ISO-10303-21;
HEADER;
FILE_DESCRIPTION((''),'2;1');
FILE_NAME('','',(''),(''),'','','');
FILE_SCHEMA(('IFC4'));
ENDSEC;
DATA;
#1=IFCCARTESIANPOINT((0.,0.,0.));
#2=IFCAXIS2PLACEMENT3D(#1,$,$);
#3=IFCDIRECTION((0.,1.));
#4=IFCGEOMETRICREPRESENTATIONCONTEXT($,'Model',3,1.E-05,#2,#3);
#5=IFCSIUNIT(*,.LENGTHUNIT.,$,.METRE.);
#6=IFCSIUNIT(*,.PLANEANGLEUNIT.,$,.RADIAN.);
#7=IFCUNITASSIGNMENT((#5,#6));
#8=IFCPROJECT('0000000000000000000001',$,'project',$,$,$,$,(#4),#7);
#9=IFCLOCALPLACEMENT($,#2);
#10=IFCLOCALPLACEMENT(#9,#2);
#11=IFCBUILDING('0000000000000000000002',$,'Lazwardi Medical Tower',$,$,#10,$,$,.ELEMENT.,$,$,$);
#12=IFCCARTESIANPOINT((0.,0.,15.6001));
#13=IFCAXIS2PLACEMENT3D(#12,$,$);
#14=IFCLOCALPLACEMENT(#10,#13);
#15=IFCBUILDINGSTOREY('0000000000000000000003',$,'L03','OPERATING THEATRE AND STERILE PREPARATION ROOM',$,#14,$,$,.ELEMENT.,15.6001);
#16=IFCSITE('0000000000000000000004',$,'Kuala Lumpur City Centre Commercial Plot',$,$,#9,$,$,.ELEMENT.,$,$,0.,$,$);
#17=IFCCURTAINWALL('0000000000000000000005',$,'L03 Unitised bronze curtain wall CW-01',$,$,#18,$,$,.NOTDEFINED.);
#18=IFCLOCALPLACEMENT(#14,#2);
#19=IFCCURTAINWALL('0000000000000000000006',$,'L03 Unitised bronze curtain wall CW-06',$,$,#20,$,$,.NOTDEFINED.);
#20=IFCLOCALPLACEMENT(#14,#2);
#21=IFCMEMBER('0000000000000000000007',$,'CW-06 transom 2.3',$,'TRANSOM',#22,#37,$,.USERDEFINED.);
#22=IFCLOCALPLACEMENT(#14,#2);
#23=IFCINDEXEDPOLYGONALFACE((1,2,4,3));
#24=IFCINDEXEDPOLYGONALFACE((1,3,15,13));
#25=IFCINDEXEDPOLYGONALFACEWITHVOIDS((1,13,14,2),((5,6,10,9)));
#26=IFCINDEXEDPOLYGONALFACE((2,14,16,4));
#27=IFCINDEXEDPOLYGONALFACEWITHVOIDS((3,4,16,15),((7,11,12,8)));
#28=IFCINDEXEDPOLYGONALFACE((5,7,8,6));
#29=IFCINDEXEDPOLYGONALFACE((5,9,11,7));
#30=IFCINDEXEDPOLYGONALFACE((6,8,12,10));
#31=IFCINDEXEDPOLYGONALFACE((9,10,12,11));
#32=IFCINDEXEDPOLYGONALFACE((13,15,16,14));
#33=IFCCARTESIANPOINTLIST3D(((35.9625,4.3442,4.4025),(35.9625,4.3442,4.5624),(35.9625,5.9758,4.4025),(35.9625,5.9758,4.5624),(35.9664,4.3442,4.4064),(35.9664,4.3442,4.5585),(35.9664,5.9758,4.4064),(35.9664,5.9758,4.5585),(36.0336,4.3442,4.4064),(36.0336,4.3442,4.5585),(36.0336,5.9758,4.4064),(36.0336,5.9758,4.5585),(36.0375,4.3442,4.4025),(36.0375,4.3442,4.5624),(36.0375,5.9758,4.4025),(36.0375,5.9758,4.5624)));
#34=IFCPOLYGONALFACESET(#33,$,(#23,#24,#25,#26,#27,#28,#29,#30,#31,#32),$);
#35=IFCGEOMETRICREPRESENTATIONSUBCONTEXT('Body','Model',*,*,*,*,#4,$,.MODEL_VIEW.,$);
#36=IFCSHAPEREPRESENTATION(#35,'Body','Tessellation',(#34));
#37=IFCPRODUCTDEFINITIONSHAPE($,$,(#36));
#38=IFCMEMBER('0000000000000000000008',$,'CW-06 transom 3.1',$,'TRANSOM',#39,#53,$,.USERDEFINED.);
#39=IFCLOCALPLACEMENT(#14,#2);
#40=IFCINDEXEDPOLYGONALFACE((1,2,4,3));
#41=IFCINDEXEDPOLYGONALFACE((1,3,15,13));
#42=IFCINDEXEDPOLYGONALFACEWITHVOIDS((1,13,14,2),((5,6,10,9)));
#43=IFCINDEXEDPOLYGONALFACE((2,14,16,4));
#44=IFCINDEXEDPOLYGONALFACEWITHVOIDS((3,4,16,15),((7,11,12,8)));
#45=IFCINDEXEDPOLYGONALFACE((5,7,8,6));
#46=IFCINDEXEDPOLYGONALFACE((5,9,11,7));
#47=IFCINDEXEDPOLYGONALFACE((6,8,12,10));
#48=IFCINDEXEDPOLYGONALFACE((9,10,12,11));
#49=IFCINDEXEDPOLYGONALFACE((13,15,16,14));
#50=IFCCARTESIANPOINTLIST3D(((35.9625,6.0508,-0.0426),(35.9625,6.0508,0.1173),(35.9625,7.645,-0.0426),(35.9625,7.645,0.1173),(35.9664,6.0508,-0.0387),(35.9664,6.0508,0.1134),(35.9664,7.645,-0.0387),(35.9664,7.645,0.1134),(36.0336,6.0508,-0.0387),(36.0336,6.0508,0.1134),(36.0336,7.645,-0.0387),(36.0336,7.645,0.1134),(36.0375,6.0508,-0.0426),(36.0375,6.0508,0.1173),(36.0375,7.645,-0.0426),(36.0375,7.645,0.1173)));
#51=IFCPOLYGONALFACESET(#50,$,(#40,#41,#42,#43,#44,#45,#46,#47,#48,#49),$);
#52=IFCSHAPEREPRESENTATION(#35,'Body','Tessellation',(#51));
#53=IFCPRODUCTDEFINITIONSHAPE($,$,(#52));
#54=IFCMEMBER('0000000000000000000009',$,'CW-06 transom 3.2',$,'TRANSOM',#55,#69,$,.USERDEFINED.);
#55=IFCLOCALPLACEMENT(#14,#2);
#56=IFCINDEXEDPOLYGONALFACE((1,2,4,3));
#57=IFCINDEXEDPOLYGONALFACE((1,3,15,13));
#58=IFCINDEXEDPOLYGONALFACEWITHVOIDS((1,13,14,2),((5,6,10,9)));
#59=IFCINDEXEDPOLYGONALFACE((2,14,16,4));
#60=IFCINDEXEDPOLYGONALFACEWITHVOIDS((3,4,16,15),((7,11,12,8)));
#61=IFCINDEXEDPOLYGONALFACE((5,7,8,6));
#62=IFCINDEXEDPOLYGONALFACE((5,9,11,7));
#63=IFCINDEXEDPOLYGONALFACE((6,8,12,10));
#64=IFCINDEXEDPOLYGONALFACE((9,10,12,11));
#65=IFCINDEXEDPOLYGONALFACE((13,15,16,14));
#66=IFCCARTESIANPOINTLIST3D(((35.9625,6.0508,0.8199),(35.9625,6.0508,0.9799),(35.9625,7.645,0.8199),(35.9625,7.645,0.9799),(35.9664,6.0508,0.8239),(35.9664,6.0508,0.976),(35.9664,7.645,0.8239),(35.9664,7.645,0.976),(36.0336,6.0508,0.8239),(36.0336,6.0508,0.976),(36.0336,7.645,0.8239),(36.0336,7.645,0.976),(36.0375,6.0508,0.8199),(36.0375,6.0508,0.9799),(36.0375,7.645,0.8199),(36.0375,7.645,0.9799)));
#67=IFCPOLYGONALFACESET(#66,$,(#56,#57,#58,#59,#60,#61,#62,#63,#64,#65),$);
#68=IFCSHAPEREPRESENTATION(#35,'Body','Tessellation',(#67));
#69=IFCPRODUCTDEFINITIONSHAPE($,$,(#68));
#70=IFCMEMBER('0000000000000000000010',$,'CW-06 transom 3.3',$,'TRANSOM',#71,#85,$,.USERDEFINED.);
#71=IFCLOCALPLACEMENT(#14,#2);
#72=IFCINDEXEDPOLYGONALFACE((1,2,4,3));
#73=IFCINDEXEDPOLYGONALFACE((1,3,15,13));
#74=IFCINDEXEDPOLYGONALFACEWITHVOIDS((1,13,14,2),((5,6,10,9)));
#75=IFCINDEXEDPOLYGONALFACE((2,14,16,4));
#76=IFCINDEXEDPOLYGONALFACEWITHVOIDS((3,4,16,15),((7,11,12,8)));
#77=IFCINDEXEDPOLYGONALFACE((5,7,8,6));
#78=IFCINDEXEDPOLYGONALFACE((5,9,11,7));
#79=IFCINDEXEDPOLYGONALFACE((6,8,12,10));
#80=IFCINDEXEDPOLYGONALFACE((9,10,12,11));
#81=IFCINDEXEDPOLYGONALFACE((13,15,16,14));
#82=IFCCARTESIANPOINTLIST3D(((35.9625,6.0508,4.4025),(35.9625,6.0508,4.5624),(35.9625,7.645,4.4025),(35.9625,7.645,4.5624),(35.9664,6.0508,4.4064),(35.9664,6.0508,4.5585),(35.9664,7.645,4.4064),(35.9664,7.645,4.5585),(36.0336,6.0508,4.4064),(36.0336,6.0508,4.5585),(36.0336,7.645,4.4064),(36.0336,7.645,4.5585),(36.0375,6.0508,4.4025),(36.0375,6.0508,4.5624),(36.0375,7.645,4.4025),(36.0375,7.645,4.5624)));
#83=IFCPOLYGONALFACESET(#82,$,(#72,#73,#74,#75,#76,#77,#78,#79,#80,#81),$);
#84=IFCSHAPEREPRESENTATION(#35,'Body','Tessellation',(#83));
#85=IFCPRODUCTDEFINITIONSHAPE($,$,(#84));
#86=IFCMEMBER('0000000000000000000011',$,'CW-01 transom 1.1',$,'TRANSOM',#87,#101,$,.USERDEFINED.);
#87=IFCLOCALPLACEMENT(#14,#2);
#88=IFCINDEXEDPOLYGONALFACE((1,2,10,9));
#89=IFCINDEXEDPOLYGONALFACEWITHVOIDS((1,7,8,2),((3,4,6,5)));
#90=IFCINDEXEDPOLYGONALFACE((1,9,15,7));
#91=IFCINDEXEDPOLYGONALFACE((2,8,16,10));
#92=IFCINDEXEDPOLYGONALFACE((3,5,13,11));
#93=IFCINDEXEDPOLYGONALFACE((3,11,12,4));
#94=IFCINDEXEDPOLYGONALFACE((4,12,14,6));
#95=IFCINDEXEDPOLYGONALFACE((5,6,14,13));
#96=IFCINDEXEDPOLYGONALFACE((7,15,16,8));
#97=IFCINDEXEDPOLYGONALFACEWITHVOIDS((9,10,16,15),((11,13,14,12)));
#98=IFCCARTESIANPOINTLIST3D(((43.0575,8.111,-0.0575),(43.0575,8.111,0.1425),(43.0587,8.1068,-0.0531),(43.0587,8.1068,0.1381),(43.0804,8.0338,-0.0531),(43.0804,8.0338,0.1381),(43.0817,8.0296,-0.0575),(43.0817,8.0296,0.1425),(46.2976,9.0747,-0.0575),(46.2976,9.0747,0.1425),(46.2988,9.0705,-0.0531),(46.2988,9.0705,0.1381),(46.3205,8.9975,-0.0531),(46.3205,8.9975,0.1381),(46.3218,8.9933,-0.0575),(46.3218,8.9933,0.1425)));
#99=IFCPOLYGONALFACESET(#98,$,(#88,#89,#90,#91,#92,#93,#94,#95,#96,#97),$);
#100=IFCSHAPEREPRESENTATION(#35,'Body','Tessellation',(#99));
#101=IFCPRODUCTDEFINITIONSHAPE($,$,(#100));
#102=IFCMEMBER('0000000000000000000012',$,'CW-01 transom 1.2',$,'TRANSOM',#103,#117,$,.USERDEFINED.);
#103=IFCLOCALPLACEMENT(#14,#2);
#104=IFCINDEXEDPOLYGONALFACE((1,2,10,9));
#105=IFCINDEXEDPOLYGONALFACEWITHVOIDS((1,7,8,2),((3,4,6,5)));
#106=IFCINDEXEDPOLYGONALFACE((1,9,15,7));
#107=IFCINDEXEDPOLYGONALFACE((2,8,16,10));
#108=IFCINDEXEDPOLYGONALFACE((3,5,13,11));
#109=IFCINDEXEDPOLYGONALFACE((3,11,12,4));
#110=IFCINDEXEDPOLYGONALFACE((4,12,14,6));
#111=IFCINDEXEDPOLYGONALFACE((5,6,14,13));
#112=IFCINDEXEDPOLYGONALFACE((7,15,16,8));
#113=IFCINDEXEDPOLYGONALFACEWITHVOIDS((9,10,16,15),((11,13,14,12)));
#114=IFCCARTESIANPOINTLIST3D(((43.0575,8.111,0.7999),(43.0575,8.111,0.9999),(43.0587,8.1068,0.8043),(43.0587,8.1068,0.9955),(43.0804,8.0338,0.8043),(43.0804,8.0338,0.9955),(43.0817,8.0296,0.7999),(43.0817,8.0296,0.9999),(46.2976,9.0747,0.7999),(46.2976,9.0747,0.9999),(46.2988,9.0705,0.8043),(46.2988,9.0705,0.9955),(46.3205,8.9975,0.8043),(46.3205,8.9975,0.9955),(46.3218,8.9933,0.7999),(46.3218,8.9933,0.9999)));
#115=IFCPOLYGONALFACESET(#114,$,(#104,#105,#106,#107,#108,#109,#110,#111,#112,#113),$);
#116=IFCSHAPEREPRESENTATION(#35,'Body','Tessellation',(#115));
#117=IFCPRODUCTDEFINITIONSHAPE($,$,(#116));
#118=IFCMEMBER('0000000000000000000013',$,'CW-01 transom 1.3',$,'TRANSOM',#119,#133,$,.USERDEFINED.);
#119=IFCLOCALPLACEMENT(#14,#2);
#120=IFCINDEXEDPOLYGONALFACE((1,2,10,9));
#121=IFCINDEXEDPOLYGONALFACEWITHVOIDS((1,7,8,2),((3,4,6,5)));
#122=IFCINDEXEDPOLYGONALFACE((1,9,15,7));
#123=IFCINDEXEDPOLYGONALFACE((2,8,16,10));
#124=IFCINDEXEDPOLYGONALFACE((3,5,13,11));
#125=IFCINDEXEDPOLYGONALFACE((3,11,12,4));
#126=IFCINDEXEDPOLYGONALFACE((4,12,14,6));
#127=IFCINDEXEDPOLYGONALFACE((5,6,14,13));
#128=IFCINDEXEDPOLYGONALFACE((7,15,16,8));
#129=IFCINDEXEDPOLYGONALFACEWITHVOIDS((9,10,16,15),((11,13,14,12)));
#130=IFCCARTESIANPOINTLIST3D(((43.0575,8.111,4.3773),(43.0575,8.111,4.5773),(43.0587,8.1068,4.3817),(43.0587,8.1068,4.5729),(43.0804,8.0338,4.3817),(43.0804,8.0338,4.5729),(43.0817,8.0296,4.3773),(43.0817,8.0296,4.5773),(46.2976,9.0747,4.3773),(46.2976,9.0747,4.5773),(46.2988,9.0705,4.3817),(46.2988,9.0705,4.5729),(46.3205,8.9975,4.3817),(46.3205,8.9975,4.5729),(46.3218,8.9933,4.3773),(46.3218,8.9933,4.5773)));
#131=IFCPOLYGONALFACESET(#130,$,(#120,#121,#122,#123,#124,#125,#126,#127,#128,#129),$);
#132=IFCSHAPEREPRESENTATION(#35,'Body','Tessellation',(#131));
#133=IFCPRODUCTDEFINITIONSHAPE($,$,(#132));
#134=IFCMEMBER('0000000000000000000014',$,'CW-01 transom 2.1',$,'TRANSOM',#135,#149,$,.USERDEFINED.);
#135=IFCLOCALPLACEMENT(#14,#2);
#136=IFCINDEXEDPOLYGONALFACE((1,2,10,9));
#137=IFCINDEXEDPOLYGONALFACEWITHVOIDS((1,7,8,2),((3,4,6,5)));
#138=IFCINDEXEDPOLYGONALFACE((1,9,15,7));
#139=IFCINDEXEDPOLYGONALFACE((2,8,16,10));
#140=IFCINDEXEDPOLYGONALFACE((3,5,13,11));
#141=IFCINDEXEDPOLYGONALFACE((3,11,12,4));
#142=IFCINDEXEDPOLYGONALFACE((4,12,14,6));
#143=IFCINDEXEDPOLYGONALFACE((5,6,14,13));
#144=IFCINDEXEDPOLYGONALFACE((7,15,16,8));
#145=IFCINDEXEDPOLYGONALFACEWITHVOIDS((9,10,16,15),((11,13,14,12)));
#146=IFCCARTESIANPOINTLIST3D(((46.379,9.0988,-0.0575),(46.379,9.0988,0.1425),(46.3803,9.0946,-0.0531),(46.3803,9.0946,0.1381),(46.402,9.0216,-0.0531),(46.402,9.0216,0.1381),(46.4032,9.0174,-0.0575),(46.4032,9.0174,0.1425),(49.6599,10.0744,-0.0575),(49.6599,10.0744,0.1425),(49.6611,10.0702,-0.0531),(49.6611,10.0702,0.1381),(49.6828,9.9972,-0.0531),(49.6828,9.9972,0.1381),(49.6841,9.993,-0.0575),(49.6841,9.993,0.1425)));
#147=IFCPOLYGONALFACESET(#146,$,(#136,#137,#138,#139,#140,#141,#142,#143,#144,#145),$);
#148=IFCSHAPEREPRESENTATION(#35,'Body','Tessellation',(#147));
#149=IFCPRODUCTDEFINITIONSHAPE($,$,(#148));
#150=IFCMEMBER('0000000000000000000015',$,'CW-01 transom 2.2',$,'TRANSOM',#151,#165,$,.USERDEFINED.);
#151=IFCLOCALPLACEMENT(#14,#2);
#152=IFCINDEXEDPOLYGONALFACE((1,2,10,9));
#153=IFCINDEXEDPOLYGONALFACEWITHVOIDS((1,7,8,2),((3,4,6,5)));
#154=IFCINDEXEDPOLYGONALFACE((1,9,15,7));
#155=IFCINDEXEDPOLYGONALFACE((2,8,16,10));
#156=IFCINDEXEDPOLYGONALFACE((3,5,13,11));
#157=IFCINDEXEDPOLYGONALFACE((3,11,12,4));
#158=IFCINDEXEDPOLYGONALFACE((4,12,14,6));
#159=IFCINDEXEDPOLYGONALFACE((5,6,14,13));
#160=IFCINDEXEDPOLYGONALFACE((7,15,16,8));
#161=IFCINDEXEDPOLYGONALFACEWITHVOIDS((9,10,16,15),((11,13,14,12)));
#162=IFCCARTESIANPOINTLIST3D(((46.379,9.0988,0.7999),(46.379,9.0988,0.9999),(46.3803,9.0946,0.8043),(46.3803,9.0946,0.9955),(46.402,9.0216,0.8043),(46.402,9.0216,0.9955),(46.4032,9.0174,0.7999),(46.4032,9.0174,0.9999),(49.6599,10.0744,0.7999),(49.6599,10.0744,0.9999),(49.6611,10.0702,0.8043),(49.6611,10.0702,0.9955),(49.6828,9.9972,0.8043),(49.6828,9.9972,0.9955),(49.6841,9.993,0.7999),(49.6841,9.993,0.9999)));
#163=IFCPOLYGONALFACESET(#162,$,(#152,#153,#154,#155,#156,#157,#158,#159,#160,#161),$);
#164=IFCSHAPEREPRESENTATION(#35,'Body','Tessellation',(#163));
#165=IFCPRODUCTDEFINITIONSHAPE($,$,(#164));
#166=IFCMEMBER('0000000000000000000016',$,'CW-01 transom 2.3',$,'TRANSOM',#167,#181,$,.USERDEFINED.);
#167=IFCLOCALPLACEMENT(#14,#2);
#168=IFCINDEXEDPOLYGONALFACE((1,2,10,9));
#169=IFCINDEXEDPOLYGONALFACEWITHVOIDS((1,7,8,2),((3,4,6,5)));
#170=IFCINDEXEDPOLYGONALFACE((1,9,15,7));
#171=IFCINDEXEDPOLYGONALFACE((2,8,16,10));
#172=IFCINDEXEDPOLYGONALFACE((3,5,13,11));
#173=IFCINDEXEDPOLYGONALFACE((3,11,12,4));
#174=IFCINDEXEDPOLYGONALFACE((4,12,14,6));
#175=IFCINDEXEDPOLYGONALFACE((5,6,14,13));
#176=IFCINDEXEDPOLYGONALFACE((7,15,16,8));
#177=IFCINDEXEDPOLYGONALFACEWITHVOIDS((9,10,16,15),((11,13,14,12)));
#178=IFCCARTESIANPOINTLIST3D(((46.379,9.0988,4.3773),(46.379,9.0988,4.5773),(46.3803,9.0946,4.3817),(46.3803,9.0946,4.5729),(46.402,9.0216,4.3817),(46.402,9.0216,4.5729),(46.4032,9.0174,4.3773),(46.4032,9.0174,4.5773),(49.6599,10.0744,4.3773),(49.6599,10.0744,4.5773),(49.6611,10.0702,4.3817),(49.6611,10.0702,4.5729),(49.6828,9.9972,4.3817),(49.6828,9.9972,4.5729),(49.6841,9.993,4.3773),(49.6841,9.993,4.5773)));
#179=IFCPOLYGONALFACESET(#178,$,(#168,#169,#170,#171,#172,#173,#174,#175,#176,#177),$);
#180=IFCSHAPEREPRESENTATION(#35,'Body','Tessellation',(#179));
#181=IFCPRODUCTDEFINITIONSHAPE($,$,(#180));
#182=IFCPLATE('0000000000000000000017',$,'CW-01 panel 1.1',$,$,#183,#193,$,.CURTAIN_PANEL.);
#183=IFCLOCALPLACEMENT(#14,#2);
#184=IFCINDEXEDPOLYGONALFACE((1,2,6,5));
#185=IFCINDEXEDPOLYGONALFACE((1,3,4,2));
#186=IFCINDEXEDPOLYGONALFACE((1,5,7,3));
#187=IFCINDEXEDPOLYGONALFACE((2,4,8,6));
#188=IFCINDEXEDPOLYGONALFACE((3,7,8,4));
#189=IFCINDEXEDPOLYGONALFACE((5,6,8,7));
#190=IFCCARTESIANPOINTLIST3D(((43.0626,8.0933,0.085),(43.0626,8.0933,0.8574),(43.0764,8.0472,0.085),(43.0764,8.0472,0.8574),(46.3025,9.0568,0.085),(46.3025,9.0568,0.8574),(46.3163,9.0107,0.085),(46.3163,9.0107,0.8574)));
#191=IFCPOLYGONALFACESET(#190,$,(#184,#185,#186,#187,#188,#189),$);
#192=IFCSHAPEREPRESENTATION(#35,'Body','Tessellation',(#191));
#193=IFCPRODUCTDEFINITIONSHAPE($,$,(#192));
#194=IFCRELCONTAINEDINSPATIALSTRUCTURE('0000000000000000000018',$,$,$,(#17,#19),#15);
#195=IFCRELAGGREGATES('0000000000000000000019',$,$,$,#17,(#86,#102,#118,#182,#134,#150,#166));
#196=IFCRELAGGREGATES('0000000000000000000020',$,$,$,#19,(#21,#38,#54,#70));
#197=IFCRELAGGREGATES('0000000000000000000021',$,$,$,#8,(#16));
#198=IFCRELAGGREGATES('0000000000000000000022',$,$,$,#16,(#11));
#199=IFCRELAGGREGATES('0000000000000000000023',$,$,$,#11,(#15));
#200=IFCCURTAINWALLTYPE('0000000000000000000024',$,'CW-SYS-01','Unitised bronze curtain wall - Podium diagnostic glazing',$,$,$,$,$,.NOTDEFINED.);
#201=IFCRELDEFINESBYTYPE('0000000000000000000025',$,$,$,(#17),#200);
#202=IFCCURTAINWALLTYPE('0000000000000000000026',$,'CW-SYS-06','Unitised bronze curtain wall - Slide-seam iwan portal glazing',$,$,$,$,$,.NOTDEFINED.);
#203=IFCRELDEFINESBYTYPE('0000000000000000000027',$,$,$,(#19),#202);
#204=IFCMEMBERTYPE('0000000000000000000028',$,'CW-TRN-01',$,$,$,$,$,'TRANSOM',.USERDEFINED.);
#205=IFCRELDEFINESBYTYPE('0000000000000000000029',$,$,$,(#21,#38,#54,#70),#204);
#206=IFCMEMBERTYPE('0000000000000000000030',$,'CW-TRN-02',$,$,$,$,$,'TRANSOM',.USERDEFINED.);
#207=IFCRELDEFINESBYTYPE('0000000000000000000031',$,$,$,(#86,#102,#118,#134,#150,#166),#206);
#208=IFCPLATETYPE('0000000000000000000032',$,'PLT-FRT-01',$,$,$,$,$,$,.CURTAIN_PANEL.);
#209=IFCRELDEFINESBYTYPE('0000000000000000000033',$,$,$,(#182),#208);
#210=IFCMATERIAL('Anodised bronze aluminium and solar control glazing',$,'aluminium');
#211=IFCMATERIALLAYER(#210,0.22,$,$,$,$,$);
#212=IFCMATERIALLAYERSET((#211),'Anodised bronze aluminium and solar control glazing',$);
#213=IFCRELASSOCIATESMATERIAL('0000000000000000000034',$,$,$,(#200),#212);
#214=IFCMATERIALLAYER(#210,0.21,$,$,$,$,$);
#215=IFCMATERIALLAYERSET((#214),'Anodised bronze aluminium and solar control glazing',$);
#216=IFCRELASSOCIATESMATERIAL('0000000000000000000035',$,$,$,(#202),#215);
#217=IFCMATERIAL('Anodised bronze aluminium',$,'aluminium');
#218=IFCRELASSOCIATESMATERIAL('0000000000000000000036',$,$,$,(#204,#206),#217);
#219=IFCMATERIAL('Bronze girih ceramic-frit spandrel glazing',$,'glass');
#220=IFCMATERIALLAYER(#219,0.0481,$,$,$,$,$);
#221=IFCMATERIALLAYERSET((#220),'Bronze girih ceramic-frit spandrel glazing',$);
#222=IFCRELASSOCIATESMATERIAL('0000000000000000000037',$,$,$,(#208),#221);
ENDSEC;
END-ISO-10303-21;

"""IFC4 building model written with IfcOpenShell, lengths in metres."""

from ifc_helpers import new_model, si_unit, direction, frame, origin, origin_2d, place, context, subcontext, project, spatial, rectangle, hollow_rectangle, extrude, material, layer, layer_set, material_profile, profile_set, type_object, element, aggregate, save


model = new_model("IFC4")

# Units and contexts
model_context = context("Model", 3, precision=1e-05, world=origin(), true_north=direction((0.0, 1.0)))
body_context = subcontext(model_context, "Body", "Model", "MODEL_VIEW")
ifc_project = project(units=[si_unit("LENGTHUNIT", "METRE"), si_unit("PLANEANGLEUNIT", "RADIAN")], contexts=[model_context])

# Site, building, storey
site_placement = place(None, origin())
site = spatial("IfcSite", under=ifc_project, at=site_placement, Name="Kuala Lumpur City Centre Commercial Plot", CompositionType="ELEMENT", RefElevation=0.0)
building_placement = place(site_placement, origin())
building = spatial("IfcBuilding", under=site, at=building_placement, Name="Lazwardi Medical Tower", CompositionType="ELEMENT")
storey_placement = place(building_placement, frame((0.0, 0.0, 15.6001)))
storey = spatial("IfcBuildingStorey", under=building, at=storey_placement, Name="L03", Description="OPERATING THEATRE AND STERILE PREPARATION ROOM", CompositionType="ELEMENT", Elevation=15.6001)

# Curtain walls, members
ifc_material_1 = material(Name="Anodised bronze aluminium and solar control glazing", Category="aluminium")
ifc_layer_1 = layer(ifc_material_1, 0.22)
ifc_layer_set_1 = layer_set([ifc_layer_1], Name="Anodised bronze aluminium and solar control glazing")
curtain_wall_type_1 = type_object("IfcCurtainWallType", Name="CW-SYS-01", Description="Unitised bronze curtain wall - Podium diagnostic glazing", PredefinedType="NOTDEFINED", material=ifc_layer_set_1)
curtain_wall_1_placement = place(storey_placement, origin())
curtain_wall_1 = element("IfcCurtainWall", 1, at=curtain_wall_1_placement, inside=storey, type_object=curtain_wall_type_1, Name="L03 Unitised bronze curtain wall CW-01", PredefinedType="NOTDEFINED")
ifc_material_2 = material(Name="Anodised bronze aluminium", Category="aluminium")
ifc_layer_2 = layer(ifc_material_1, 0.21)
ifc_layer_set_2 = layer_set([ifc_layer_2], Name="Anodised bronze aluminium and solar control glazing")
curtain_wall_type_2 = type_object("IfcCurtainWallType", Name="CW-SYS-06", Description="Unitised bronze curtain wall - Slide-seam iwan portal glazing", PredefinedType="NOTDEFINED", material=ifc_layer_set_2)
curtain_wall_2_placement = place(storey_placement, origin())
curtain_wall_2 = element("IfcCurtainWall", 2, at=curtain_wall_2_placement, inside=storey, type_object=curtain_wall_type_2, Name="L03 Unitised bronze curtain wall CW-06", PredefinedType="NOTDEFINED")
ifc_material_profile_1 = material_profile(ifc_material_2, hollow_rectangle(XDim=0.075, YDim=0.1599, WallThickness=0.0039, at=origin_2d()), Name="ALU-TRANSOM 160x75x4")
ifc_profile_set_1 = profile_set([ifc_material_profile_1], Name="Anodised bronze aluminium")
member_type_1 = type_object("IfcMemberType", Name="CW-TRN-01", ElementType="TRANSOM", PredefinedType="USERDEFINED", material=ifc_profile_set_1)
member_1_placement = place(storey_placement, frame((36.0, 4.3442, 4.4824), z_axis=(0.0, 1.0, 0.0), x_axis=(-1.0, 0.0, 0.0)))
member_1 = element("IfcMember", 3, at=member_1_placement, type_object=member_type_1, Name="CW-06 transom 2.3", ObjectType="TRANSOM", PredefinedType="USERDEFINED", context=body_context, shape_type="SweptSolid", body=[
    extrude(hollow_rectangle(XDim=0.075, YDim=0.1599, WallThickness=0.0039, at=origin_2d()), origin(), (0.0, 0.0, 1.0), 1.6316),
])
member_2_placement = place(storey_placement, frame((36.0, 6.0508, 0.0374), z_axis=(0.0, 1.0, 0.0), x_axis=(-1.0, 0.0, 0.0)))
member_2 = element("IfcMember", 4, at=member_2_placement, type_object=member_type_1, Name="CW-06 transom 3.1", ObjectType="TRANSOM", PredefinedType="USERDEFINED", context=body_context, shape_type="SweptSolid", body=[
    extrude(hollow_rectangle(XDim=0.075, YDim=0.1599, WallThickness=0.0039, at=origin_2d()), origin(), (0.0, 0.0, 1.0), 1.5942),
])
member_3_placement = place(storey_placement, frame((36.0, 6.0508, 0.8999), z_axis=(0.0, 1.0, 0.0), x_axis=(-1.0, 0.0, 0.0)))
member_3 = element("IfcMember", 5, at=member_3_placement, type_object=member_type_1, Name="CW-06 transom 3.2", ObjectType="TRANSOM", PredefinedType="USERDEFINED", context=body_context, shape_type="SweptSolid", body=[
    extrude(hollow_rectangle(XDim=0.075, YDim=0.1599, WallThickness=0.0039, at=origin_2d()), origin(), (0.0, 0.0, 1.0), 1.5942),
])
member_4_placement = place(storey_placement, frame((36.0, 6.0508, 4.4824), z_axis=(0.0, 1.0, 0.0), x_axis=(-1.0, 0.0, 0.0)))
member_4 = element("IfcMember", 6, at=member_4_placement, type_object=member_type_1, Name="CW-06 transom 3.3", ObjectType="TRANSOM", PredefinedType="USERDEFINED", context=body_context, shape_type="SweptSolid", body=[
    extrude(hollow_rectangle(XDim=0.075, YDim=0.1599, WallThickness=0.0039, at=origin_2d()), origin(), (0.0, 0.0, 1.0), 1.5942),
])

# Members
ifc_material_profile_2 = material_profile(ifc_material_2, hollow_rectangle(XDim=0.085, YDim=0.2, WallThickness=0.0044, at=origin_2d()), Name="ALU-TRANSOM 200x85x4.5")
ifc_profile_set_2 = profile_set([ifc_material_profile_2], Name="Anodised bronze aluminium")
member_type_2 = type_object("IfcMemberType", Name="CW-TRN-02", ElementType="TRANSOM", PredefinedType="USERDEFINED", material=ifc_profile_set_2)
member_5_placement = place(storey_placement, frame((43.0696, 8.0703, 0.0425), z_axis=(0.958505, 0.285074, 0.0), x_axis=(-0.285074, 0.958505, 0.0)))
member_5 = element("IfcMember", 7, at=member_5_placement, type_object=member_type_2, Name="CW-01 transom 1.1", ObjectType="TRANSOM", PredefinedType="USERDEFINED", context=body_context, shape_type="SweptSolid", body=[
    extrude(hollow_rectangle(XDim=0.085, YDim=0.2, WallThickness=0.0044, at=origin_2d()), origin(), (0.0, 0.0, 1.0), 3.3804),
])
member_6_placement = place(storey_placement, frame((43.0696, 8.0703, 0.8999), z_axis=(0.958505, 0.285074, 0.0), x_axis=(-0.285074, 0.958505, 0.0)))
member_6 = element("IfcMember", 8, at=member_6_placement, type_object=member_type_2, Name="CW-01 transom 1.2", ObjectType="TRANSOM", PredefinedType="USERDEFINED", context=body_context, shape_type="SweptSolid", body=[
    extrude(hollow_rectangle(XDim=0.085, YDim=0.2, WallThickness=0.0044, at=origin_2d()), origin(), (0.0, 0.0, 1.0), 3.3804),
])
member_7_placement = place(storey_placement, frame((43.0696, 8.0703, 4.4773), z_axis=(0.958505, 0.285074, 0.0), x_axis=(-0.285074, 0.958505, 0.0)))
member_7 = element("IfcMember", 9, at=member_7_placement, type_object=member_type_2, Name="CW-01 transom 1.3", ObjectType="TRANSOM", PredefinedType="USERDEFINED", context=body_context, shape_type="SweptSolid", body=[
    extrude(hollow_rectangle(XDim=0.085, YDim=0.2, WallThickness=0.0044, at=origin_2d()), origin(), (0.0, 0.0, 1.0), 3.3804),
])
member_8_placement = place(storey_placement, frame((46.3911, 9.0581, 0.0425), z_axis=(0.958518, 0.28503, 0.0), x_axis=(-0.28503, 0.958518, 0.0)))
member_8 = element("IfcMember", 10, at=member_8_placement, type_object=member_type_2, Name="CW-01 transom 2.1", ObjectType="TRANSOM", PredefinedType="USERDEFINED", context=body_context, shape_type="SweptSolid", body=[
    extrude(hollow_rectangle(XDim=0.085, YDim=0.2, WallThickness=0.0044, at=origin_2d()), origin(), (0.0, 0.0, 1.0), 3.4229),
])
member_9_placement = place(storey_placement, frame((46.3911, 9.0581, 0.8999), z_axis=(0.958518, 0.28503, 0.0), x_axis=(-0.28503, 0.958518, 0.0)))
member_9 = element("IfcMember", 11, at=member_9_placement, type_object=member_type_2, Name="CW-01 transom 2.2", ObjectType="TRANSOM", PredefinedType="USERDEFINED", context=body_context, shape_type="SweptSolid", body=[
    extrude(hollow_rectangle(XDim=0.085, YDim=0.2, WallThickness=0.0044, at=origin_2d()), origin(), (0.0, 0.0, 1.0), 3.4229),
])
member_10_placement = place(storey_placement, frame((46.3911, 9.0581, 4.4773), z_axis=(0.958518, 0.28503, 0.0), x_axis=(-0.28503, 0.958518, 0.0)))
member_10 = element("IfcMember", 12, at=member_10_placement, type_object=member_type_2, Name="CW-01 transom 2.3", ObjectType="TRANSOM", PredefinedType="USERDEFINED", context=body_context, shape_type="SweptSolid", body=[
    extrude(hollow_rectangle(XDim=0.085, YDim=0.2, WallThickness=0.0044, at=origin_2d()), origin(), (0.0, 0.0, 1.0), 3.4229),
])

# Plate
ifc_material_3 = material(Name="Bronze girih ceramic-frit spandrel glazing", Category="glass")
ifc_layer_3 = layer(ifc_material_3, 0.0481)
ifc_layer_set_3 = layer_set([ifc_layer_3], Name="Bronze girih ceramic-frit spandrel glazing")
plate_type_1 = type_object("IfcPlateType", Name="PLT-FRT-01", PredefinedType="CURTAIN_PANEL", material=ifc_layer_set_3)
plate_1_placement = place(storey_placement, frame((44.6895, 8.552, 0.085), z_axis=(0.0, 0.0, 1.0), x_axis=(0.958513, 0.285047, 0.0)))
plate_1 = element("IfcPlate", 13, at=plate_1_placement, type_object=plate_type_1, Name="CW-01 panel 1.1", PredefinedType="CURTAIN_PANEL", context=body_context, shape_type="SweptSolid", body=[
    extrude(rectangle(XDim=3.3801, YDim=0.0481, at=origin_2d()), origin(), (0.0, 0.0, 1.0), 0.7725),
])
aggregate(curtain_wall_1, [member_5, member_6, member_7, plate_1, member_8, member_9, member_10])
aggregate(curtain_wall_2, [member_1, member_2, member_3, member_4])

save(model, "model.ifc")
